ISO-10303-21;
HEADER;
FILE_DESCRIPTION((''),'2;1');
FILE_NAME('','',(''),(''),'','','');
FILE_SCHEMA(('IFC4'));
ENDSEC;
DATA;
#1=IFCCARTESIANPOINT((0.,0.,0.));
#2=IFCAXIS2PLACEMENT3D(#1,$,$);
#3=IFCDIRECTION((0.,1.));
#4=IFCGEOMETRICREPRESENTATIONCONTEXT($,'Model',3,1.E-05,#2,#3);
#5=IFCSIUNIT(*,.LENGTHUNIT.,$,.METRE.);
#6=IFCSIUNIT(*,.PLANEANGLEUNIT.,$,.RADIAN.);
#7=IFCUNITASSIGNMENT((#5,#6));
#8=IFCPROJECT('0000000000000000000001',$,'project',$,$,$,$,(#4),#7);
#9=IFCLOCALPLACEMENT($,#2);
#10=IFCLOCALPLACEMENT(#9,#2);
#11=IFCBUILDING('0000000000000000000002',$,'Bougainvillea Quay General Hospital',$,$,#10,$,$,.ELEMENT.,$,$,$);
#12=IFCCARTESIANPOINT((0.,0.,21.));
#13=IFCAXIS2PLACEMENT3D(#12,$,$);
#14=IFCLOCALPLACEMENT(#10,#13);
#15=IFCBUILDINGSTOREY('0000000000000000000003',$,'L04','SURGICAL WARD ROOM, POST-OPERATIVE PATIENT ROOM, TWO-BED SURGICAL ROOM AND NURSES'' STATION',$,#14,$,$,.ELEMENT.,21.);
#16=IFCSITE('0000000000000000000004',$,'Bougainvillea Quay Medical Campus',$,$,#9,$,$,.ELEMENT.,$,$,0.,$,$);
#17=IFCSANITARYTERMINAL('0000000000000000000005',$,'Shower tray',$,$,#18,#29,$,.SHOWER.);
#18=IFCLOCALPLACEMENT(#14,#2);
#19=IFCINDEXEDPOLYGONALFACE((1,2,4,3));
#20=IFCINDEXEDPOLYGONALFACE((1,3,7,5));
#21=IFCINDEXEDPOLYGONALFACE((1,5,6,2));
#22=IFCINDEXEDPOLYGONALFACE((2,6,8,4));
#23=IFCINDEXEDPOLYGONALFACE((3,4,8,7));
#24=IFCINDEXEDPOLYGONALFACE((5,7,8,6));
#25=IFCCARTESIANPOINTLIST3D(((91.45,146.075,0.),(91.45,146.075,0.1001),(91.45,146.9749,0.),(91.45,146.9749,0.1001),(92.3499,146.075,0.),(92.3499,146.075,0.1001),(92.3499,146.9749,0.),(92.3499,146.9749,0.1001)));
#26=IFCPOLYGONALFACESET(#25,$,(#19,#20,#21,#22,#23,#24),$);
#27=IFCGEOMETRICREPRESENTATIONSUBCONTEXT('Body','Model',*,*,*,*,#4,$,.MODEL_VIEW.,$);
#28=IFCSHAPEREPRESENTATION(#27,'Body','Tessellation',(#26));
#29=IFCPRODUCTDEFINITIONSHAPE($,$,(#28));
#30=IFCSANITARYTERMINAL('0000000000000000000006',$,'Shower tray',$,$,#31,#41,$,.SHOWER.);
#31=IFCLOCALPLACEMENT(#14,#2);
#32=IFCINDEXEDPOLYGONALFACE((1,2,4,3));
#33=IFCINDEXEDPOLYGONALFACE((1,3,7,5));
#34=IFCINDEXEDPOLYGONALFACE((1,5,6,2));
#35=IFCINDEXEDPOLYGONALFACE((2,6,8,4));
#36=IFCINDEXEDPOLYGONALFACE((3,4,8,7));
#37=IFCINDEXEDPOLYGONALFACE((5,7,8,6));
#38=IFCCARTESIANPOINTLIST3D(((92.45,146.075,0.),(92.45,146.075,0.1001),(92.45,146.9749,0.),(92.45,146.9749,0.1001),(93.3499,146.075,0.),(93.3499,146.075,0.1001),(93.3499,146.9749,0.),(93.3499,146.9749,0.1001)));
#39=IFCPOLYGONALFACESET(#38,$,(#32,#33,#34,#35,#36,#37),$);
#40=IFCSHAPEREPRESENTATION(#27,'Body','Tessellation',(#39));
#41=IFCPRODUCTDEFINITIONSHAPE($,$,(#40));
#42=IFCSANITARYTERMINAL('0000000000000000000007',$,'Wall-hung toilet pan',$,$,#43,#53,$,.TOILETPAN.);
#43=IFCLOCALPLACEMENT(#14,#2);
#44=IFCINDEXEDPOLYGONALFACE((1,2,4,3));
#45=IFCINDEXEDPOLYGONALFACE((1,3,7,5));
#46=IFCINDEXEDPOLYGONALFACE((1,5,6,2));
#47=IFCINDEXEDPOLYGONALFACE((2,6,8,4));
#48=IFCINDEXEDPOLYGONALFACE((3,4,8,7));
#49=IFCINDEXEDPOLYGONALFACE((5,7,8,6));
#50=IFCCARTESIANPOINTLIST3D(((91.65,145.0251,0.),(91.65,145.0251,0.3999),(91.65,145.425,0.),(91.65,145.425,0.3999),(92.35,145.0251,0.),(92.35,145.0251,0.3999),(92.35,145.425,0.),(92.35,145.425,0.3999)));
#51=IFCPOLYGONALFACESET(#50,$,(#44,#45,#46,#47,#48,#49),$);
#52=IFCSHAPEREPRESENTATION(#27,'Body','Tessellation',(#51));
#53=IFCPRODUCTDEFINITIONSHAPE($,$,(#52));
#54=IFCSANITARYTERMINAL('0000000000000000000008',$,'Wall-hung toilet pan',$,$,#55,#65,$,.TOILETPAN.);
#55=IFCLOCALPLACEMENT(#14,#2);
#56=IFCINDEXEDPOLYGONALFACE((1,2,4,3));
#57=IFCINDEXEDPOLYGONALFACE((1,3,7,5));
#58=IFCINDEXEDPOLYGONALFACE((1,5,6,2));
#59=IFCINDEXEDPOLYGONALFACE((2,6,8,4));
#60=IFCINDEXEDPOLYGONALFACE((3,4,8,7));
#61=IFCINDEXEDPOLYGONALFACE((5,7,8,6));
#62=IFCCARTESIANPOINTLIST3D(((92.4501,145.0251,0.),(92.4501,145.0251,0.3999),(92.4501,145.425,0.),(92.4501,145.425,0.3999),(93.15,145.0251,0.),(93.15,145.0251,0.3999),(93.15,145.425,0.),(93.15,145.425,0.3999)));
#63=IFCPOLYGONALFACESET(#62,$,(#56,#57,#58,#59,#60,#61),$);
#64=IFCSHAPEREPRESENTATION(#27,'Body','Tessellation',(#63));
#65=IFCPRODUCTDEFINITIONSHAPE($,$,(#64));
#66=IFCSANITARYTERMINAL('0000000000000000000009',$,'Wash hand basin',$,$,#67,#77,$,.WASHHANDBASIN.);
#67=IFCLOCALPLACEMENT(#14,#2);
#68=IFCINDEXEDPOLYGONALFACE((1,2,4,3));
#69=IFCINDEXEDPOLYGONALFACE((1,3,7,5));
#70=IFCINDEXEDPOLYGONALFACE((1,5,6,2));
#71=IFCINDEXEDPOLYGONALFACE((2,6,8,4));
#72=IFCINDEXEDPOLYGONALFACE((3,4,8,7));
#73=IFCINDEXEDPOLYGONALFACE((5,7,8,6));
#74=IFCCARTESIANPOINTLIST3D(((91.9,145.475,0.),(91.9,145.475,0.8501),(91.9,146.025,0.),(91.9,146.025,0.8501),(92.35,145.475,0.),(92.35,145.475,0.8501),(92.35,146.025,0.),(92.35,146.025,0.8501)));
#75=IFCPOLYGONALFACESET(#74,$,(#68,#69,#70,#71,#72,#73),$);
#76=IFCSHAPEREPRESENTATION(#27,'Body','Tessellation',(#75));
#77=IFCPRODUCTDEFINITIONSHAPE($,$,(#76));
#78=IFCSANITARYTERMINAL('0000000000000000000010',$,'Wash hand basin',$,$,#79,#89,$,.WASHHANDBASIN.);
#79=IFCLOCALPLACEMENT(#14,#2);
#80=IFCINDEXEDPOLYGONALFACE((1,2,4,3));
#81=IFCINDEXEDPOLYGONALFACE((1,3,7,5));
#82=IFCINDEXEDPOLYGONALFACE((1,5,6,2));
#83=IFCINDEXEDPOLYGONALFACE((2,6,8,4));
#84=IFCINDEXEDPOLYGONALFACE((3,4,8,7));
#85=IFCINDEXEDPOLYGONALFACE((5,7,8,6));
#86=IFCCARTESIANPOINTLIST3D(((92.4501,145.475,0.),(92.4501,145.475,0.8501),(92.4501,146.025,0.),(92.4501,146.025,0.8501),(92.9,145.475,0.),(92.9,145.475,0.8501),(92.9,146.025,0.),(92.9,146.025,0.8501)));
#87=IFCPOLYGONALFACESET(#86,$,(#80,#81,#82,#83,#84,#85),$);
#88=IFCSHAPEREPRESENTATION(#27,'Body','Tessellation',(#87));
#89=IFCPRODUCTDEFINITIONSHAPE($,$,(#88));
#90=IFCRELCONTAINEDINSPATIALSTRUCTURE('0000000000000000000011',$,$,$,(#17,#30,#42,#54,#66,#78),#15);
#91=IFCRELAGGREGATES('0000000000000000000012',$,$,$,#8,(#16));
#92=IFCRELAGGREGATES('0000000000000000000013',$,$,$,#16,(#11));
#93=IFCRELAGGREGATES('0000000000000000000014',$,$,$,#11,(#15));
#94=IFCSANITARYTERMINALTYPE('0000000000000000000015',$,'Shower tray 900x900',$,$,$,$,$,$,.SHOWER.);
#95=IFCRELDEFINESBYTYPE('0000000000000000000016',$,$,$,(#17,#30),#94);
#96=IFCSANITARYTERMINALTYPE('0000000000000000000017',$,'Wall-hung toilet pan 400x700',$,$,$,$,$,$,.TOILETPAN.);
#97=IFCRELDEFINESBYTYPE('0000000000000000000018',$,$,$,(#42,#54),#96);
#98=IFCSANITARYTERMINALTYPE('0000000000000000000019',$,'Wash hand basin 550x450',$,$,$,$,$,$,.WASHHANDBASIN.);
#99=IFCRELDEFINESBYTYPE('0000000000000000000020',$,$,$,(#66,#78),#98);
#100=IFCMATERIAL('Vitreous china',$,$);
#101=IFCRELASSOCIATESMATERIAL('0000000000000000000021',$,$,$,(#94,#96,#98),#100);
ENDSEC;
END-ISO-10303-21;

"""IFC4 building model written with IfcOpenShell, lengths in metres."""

from ifc_helpers import new_model, si_unit, direction, frame, origin, origin_2d, place, context, subcontext, project, spatial, rectangle, extrude, material, type_object, element, save


model = new_model("IFC4")

# Units and contexts
model_context = context("Model", 3, precision=1e-05, world=origin(), true_north=direction((0.0, 1.0)))
body_context = subcontext(model_context, "Body", "Model", "MODEL_VIEW")
ifc_project = project(units=[si_unit("LENGTHUNIT", "METRE"), si_unit("PLANEANGLEUNIT", "RADIAN")], contexts=[model_context])

# Site, building, storey
site_placement = place(None, origin())
site = spatial("IfcSite", under=ifc_project, at=site_placement, Name="Bougainvillea Quay Medical Campus", CompositionType="ELEMENT", RefElevation=0.0)
building_placement = place(site_placement, origin())
building = spatial("IfcBuilding", under=site, at=building_placement, Name="Bougainvillea Quay General Hospital", CompositionType="ELEMENT")
storey_placement = place(building_placement, frame((0.0, 0.0, 21.0)))
storey = spatial("IfcBuildingStorey", under=building, at=storey_placement, Name="L04", Description="SURGICAL WARD ROOM, POST-OPERATIVE PATIENT ROOM, TWO-BED SURGICAL ROOM AND NURSES' STATION", CompositionType="ELEMENT", Elevation=21.0)

# Sanitary terminals
ifc_material_1 = material(Name="Vitreous china")
sanitary_terminal_type_1 = type_object("IfcSanitaryTerminalType", Name="Shower tray 900x900", PredefinedType="SHOWER", material=ifc_material_1)
for number, where, z_axis, x_axis, name in (
    (1, (91.8999, 146.5249, 0.0), (0.0, 0.0, 1.0), (0.0, -1.0, 0.0), "Shower tray"),
    (2, (92.8999, 146.5249, 0.0), (0.0, 0.0, 1.0), (0.0, 1.0, 0.0), "Shower tray"),
):
    element("IfcSanitaryTerminal", number, at=place(storey_placement, frame(where, z_axis=z_axis, x_axis=x_axis)), inside=storey, type_object=sanitary_terminal_type_1, Name=name, PredefinedType="SHOWER", context=body_context, shape_type="SweptSolid", body=[
        extrude(rectangle(XDim=0.8999, YDim=0.8999, at=origin_2d()), origin(), (0.0, 0.0, 1.0), 0.1001),
    ])
sanitary_terminal_type_2 = type_object("IfcSanitaryTerminalType", Name="Wall-hung toilet pan 400x700", PredefinedType="TOILETPAN", material=ifc_material_1)
for number, where, z_axis, x_axis, name in (
    (3, (92.0, 145.2251, 0.0), (0.0, 0.0, 1.0), (0.0, -1.0, 0.0), "Wall-hung toilet pan"),
    (4, (92.8, 145.2251, 0.0), (0.0, 0.0, 1.0), (0.0, 1.0, 0.0), "Wall-hung toilet pan"),
):
    element("IfcSanitaryTerminal", number, at=place(storey_placement, frame(where, z_axis=z_axis, x_axis=x_axis)), inside=storey, type_object=sanitary_terminal_type_2, Name=name, PredefinedType="TOILETPAN", context=body_context, shape_type="SweptSolid", body=[
        extrude(rectangle(XDim=0.3999, YDim=0.7, at=origin_2d()), origin(), (0.0, 0.0, 1.0), 0.3999),
    ])
sanitary_terminal_type_3 = type_object("IfcSanitaryTerminalType", Name="Wash hand basin 550x450", PredefinedType="WASHHANDBASIN", material=ifc_material_1)
for number, where, z_axis, x_axis, name in (
    (5, (92.125, 145.75, 0.0), (0.0, 0.0, 1.0), (0.0, -1.0, 0.0), "Wash hand basin"),
    (6, (92.675, 145.75, 0.0), (0.0, 0.0, 1.0), (0.0, 1.0, 0.0), "Wash hand basin"),
):
    element("IfcSanitaryTerminal", number, at=place(storey_placement, frame(where, z_axis=z_axis, x_axis=x_axis)), inside=storey, type_object=sanitary_terminal_type_3, Name=name, PredefinedType="WASHHANDBASIN", context=body_context, shape_type="SweptSolid", body=[
        extrude(rectangle(XDim=0.55, YDim=0.45, at=origin_2d()), origin(), (0.0, 0.0, 1.0), 0.8501),
    ])

save(model, "model.ifc")
